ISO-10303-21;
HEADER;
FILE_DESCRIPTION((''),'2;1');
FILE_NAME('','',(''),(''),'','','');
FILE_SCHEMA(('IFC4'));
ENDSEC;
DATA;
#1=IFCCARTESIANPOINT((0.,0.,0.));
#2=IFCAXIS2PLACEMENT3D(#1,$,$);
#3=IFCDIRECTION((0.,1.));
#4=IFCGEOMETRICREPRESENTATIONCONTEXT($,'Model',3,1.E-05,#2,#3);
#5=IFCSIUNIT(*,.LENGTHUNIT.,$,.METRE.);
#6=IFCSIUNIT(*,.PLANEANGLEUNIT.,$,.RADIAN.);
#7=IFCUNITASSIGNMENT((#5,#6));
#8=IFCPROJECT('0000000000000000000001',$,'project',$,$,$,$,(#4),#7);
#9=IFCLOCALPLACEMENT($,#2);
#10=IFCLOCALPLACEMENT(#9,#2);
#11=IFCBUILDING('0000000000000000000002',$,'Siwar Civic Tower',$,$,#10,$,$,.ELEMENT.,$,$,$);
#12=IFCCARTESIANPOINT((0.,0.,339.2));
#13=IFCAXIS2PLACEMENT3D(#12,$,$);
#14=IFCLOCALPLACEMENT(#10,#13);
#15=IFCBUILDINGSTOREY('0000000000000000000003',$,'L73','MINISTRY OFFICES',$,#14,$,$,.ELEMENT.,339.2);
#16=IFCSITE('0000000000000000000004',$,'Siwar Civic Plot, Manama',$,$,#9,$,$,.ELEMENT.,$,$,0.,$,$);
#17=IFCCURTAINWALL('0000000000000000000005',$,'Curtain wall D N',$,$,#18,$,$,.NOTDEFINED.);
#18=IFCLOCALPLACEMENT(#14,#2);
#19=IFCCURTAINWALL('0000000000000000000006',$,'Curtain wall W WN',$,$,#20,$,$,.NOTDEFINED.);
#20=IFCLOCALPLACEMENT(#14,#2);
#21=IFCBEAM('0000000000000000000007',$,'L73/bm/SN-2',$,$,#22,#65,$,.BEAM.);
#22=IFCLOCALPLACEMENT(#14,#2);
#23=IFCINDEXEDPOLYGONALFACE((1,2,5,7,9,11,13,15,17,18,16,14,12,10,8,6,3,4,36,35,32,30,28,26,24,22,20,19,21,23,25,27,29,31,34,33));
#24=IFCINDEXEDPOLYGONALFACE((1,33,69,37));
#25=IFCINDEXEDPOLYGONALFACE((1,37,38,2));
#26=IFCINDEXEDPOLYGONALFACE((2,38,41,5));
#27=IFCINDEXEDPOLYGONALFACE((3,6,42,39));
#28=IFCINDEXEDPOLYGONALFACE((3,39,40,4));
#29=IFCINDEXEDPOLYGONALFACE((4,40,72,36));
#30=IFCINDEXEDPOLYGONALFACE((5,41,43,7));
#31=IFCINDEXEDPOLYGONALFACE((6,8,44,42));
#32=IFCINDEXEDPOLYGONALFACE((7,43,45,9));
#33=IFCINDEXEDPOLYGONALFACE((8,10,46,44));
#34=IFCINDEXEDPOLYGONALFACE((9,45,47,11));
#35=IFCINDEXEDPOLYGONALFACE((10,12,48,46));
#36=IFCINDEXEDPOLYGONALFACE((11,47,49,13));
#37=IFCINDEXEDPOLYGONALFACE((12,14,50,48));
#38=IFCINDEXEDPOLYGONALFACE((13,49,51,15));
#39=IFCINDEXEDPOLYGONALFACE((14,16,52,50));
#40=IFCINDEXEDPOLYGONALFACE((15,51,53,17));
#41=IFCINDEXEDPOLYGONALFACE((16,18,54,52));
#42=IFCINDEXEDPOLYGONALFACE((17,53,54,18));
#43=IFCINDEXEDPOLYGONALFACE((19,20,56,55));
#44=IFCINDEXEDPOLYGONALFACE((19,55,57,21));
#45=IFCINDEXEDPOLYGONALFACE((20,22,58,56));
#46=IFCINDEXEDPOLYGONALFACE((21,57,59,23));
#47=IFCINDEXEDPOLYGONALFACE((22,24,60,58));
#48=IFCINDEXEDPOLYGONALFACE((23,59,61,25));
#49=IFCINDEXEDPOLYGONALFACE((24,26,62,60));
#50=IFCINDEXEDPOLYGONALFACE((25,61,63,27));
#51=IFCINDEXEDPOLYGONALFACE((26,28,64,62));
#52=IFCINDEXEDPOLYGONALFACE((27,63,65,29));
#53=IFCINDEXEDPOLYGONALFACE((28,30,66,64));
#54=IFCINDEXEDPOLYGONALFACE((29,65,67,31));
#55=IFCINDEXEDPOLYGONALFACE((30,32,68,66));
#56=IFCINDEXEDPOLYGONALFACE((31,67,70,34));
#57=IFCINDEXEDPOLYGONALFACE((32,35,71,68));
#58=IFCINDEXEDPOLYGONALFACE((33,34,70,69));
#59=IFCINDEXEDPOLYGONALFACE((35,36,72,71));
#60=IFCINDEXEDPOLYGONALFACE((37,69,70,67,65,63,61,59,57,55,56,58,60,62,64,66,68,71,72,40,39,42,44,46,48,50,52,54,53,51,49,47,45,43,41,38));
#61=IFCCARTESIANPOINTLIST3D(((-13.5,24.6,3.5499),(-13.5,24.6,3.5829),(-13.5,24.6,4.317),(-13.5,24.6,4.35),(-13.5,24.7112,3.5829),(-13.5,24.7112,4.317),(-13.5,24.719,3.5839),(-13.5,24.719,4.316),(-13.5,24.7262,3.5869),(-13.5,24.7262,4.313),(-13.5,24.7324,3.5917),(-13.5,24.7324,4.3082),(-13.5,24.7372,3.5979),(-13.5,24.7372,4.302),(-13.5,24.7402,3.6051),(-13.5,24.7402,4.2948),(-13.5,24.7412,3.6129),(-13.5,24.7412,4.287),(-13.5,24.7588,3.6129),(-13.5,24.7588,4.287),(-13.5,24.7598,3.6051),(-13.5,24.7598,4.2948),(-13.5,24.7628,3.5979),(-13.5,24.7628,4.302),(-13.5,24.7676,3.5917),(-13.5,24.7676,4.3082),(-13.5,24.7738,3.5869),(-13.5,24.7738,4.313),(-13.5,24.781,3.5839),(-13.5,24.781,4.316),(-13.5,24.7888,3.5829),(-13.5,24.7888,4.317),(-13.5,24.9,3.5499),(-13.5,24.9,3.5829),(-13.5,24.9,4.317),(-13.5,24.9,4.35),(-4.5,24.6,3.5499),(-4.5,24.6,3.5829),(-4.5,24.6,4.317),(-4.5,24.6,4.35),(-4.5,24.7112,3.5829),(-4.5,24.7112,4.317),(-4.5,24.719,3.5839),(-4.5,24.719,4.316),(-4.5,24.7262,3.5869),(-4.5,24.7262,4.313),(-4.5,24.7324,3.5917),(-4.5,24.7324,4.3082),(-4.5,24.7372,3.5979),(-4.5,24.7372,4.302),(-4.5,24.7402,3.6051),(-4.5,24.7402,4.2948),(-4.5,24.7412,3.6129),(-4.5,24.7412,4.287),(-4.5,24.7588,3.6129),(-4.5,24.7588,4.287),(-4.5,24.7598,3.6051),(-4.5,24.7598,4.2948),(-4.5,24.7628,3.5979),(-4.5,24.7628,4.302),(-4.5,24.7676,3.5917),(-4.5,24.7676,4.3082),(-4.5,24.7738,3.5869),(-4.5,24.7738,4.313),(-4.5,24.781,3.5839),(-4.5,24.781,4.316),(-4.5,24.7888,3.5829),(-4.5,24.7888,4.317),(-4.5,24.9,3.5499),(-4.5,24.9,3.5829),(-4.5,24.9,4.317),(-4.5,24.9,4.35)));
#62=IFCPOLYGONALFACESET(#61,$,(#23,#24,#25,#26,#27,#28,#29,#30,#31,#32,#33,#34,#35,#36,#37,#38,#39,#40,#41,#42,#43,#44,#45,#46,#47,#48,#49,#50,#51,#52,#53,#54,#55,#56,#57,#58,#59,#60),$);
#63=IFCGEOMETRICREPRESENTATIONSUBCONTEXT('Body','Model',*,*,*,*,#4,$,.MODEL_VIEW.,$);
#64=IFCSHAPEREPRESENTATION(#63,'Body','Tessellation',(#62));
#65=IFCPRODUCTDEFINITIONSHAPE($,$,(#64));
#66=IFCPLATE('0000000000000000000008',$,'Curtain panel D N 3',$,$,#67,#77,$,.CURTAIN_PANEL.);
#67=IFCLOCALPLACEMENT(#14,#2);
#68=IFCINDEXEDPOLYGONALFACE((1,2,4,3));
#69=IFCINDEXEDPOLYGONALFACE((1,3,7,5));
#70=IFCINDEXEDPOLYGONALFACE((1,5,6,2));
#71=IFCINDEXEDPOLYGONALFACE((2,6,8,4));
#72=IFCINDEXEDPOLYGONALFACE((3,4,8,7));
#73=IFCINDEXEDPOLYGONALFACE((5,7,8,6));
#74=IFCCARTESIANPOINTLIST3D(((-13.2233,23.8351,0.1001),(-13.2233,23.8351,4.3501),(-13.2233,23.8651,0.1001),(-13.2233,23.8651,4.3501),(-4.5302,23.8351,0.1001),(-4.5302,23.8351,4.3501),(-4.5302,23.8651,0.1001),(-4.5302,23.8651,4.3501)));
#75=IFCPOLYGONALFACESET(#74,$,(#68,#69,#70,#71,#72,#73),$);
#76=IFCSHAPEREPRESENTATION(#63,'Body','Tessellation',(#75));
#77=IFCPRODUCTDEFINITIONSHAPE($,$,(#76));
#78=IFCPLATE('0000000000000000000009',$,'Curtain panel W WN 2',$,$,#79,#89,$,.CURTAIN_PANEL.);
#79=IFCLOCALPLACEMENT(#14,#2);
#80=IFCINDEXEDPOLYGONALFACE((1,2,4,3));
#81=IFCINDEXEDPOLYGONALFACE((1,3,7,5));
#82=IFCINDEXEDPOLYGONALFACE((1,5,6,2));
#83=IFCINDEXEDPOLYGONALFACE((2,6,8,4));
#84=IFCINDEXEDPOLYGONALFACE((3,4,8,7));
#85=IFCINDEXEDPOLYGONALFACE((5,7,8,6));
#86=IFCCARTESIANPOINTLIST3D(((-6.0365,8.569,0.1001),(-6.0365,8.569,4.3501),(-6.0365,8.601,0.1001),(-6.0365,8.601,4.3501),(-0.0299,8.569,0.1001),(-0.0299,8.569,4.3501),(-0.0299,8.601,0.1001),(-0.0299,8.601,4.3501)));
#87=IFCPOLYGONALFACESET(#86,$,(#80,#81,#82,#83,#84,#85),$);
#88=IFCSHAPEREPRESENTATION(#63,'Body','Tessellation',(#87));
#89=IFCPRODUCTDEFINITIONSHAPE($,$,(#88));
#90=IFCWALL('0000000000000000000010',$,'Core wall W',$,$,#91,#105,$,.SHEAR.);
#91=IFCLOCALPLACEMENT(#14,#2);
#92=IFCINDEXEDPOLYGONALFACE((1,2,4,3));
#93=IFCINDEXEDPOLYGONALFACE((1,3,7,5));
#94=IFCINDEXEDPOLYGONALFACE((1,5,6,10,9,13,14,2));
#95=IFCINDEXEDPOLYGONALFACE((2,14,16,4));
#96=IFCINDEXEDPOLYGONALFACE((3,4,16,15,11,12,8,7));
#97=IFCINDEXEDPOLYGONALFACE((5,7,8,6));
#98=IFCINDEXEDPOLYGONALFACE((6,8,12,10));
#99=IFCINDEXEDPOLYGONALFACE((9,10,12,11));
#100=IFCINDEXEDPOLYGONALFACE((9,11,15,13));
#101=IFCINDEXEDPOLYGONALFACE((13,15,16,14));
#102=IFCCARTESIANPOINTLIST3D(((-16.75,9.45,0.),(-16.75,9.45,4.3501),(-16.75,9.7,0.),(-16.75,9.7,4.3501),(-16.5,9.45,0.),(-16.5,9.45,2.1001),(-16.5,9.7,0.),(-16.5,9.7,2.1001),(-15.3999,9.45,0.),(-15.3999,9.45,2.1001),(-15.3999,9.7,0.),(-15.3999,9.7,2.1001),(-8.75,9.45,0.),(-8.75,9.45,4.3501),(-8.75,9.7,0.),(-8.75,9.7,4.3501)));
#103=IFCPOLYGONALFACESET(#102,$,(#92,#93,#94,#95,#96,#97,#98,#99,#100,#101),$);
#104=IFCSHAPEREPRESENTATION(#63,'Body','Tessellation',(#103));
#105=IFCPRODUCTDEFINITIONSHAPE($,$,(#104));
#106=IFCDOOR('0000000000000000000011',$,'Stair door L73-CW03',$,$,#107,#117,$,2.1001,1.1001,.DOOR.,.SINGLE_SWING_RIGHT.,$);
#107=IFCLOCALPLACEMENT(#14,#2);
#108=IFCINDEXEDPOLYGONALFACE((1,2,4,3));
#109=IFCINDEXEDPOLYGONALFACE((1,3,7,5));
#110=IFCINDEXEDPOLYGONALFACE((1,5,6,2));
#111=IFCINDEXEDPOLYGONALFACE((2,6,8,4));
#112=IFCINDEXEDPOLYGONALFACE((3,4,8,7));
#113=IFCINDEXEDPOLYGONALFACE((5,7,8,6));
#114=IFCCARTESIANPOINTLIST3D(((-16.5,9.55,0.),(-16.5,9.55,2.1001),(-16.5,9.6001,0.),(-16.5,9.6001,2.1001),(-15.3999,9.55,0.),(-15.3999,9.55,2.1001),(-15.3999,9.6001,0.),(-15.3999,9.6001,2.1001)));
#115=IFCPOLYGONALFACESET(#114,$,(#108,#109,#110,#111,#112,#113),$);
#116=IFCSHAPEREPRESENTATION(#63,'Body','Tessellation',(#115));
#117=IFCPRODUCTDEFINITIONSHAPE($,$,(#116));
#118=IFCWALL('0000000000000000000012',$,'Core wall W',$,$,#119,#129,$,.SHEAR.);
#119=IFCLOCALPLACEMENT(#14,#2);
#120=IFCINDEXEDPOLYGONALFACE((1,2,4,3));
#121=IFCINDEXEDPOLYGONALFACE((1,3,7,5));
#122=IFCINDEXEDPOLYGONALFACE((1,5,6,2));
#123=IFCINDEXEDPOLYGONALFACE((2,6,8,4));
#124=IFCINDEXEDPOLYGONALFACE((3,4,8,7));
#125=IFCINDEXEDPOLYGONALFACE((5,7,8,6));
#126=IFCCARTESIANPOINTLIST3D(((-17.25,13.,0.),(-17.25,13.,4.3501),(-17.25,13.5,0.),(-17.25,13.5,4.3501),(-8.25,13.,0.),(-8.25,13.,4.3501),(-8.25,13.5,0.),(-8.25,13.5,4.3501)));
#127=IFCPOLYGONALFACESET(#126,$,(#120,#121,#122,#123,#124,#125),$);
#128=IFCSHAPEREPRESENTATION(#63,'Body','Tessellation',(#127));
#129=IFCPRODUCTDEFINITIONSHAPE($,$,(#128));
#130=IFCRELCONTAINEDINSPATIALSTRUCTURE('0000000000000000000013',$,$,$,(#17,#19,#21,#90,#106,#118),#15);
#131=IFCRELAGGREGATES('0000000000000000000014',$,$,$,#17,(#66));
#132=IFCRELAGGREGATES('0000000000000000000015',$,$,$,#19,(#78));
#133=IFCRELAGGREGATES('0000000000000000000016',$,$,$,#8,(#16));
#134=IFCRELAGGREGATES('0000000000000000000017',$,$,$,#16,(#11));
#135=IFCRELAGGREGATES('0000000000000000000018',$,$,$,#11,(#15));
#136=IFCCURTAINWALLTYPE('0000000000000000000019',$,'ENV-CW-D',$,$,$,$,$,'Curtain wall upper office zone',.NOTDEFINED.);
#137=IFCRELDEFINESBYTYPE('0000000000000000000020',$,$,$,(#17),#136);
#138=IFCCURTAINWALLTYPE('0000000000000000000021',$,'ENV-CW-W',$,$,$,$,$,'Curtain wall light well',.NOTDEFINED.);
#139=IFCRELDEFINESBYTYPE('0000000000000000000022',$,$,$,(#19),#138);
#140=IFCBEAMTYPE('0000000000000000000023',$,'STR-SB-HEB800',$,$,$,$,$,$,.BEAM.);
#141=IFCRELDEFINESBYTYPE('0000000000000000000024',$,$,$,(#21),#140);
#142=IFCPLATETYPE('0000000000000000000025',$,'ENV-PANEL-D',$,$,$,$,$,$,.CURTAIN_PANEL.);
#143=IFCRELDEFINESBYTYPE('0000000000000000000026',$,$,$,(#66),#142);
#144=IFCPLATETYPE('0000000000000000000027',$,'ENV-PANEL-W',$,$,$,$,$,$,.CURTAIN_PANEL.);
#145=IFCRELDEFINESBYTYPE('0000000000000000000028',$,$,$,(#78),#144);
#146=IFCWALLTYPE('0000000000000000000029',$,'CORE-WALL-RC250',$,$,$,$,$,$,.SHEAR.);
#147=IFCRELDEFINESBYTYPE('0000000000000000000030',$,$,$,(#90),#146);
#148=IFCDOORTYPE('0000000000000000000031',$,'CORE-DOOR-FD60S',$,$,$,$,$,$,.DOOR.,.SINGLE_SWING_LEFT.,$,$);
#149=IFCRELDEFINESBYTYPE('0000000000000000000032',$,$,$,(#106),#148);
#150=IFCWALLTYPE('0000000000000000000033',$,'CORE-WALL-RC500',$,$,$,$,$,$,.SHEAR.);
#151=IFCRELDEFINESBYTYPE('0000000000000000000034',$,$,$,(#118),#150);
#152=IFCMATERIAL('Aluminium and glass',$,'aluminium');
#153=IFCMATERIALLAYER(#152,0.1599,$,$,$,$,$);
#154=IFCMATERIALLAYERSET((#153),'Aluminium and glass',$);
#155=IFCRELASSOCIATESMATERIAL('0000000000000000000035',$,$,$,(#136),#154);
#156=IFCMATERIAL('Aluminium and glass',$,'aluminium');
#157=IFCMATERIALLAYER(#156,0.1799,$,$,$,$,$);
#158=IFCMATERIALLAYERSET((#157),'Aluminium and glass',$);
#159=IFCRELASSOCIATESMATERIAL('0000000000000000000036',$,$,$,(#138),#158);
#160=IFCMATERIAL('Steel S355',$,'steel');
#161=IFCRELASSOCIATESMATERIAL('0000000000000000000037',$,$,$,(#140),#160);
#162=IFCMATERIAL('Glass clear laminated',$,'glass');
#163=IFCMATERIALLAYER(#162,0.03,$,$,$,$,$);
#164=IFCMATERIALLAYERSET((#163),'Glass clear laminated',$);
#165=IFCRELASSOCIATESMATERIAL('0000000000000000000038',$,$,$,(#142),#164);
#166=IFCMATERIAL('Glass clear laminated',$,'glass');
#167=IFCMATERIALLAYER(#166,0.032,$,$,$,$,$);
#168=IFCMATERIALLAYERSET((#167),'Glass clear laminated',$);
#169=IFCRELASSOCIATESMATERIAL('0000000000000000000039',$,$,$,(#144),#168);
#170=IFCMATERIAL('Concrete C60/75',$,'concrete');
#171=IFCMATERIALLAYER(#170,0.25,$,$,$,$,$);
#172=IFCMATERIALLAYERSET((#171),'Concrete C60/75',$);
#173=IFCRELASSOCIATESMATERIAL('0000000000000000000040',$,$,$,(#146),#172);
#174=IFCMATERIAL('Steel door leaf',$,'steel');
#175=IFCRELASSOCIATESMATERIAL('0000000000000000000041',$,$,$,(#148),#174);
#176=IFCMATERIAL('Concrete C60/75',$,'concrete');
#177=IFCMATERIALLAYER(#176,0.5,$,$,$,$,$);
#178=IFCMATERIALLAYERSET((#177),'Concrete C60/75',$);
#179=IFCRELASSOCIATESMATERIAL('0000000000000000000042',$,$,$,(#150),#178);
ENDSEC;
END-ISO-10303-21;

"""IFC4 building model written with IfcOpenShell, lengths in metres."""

from ifc_helpers import new_model, si_unit, direction, frame, frame_2d, origin, origin_2d, place, context, subcontext, project, spatial, rectangle, i_section, extrude, material, layer, layer_set, material_profile, profile_set, type_object, element, fill, aggregate, save


model = new_model("IFC4")

# Units and contexts
model_context = context("Model", 3, precision=1e-05, world=origin(), true_north=direction((0.0, 1.0)))
body_context = subcontext(model_context, "Body", "Model", "MODEL_VIEW")
ifc_project = project(units=[si_unit("LENGTHUNIT", "METRE"), si_unit("PLANEANGLEUNIT", "RADIAN")], contexts=[model_context])

# Site, building, storey
site_placement = place(None, origin())
site = spatial("IfcSite", under=ifc_project, at=site_placement, Name="Siwar Civic Plot, Manama", CompositionType="ELEMENT", RefElevation=0.0)
building_placement = place(site_placement, origin())
building = spatial("IfcBuilding", under=site, at=building_placement, Name="Siwar Civic Tower", CompositionType="ELEMENT")
storey_placement = place(building_placement, frame((0.0, 0.0, 339.2)))
storey = spatial("IfcBuildingStorey", under=building, at=storey_placement, Name="L73", Description="MINISTRY OFFICES", CompositionType="ELEMENT", Elevation=339.2)

# Curtain wall
ifc_material_1 = material(Name="Aluminium and glass", Category="aluminium")
ifc_layer_1 = layer(ifc_material_1, 0.1599)
ifc_layer_set_1 = layer_set([ifc_layer_1], Name="Aluminium and glass")
curtain_wall_type_1 = type_object("IfcCurtainWallType", Name="ENV-CW-D", ElementType="Curtain wall upper office zone", PredefinedType="NOTDEFINED", material=ifc_layer_set_1)
curtain_wall_1_placement = place(storey_placement, origin())
curtain_wall_1 = element("IfcCurtainWall", 1, at=curtain_wall_1_placement, inside=storey, type_object=curtain_wall_type_1, Name="Curtain wall D N", PredefinedType="NOTDEFINED")

# Curtain wall
ifc_material_2 = material(Name="Aluminium and glass", Category="aluminium")
ifc_layer_2 = layer(ifc_material_2, 0.1799)
ifc_layer_set_2 = layer_set([ifc_layer_2], Name="Aluminium and glass")
curtain_wall_type_2 = type_object("IfcCurtainWallType", Name="ENV-CW-W", ElementType="Curtain wall light well", PredefinedType="NOTDEFINED", material=ifc_layer_set_2)
curtain_wall_2_placement = place(storey_placement, origin())
curtain_wall_2 = element("IfcCurtainWall", 2, at=curtain_wall_2_placement, inside=storey, type_object=curtain_wall_type_2, Name="Curtain wall W WN", PredefinedType="NOTDEFINED")

# Beam
ifc_material_3 = material(Name="Steel S355", Category="steel")
ifc_material_profile_1 = material_profile(ifc_material_3, i_section(OverallWidth=0.3, OverallDepth=0.8, WebThickness=0.0176, FlangeThickness=0.033, FilletRadius=0.03, at=origin_2d()), Name="HEB800")
ifc_profile_set_1 = profile_set([ifc_material_profile_1], Name="Steel S355")
beam_type_1 = type_object("IfcBeamType", Name="STR-SB-HEB800", PredefinedType="BEAM", material=ifc_profile_set_1)
beam_1_placement = place(storey_placement, frame((-4.5, 24.75, 3.95), z_axis=(-1.0, 0.0, 0.0), x_axis=(0.0, -1.0, 0.0)))
element("IfcBeam", 3, at=beam_1_placement, inside=storey, type_object=beam_type_1, Name="L73/bm/SN-2", PredefinedType="BEAM", context=body_context, shape_type="SweptSolid", body=[
    extrude(i_section(OverallWidth=0.3, OverallDepth=0.8, WebThickness=0.0176, FlangeThickness=0.033, FilletRadius=0.03, at=origin_2d()), origin(), (0.0, 0.0, 1.0), 9.0),
])

# Plates
ifc_material_4 = material(Name="Glass clear laminated", Category="glass")
ifc_layer_3 = layer(ifc_material_4, 0.03)
ifc_layer_set_3 = layer_set([ifc_layer_3], Name="Glass clear laminated")
plate_type_1 = type_object("IfcPlateType", Name="ENV-PANEL-D", PredefinedType="CURTAIN_PANEL", material=ifc_layer_set_3)
plate_1_placement = place(storey_placement, frame((-8.8767, 23.8501, 0.1001), z_axis=(0.0, 0.0, 1.0), x_axis=(-1.0, 0.0, 0.0)))
plate_1 = element("IfcPlate", 4, at=plate_1_placement, type_object=plate_type_1, Name="Curtain panel D N 3", PredefinedType="CURTAIN_PANEL", context=body_context, shape_type="SweptSolid", body=[
    extrude(rectangle(XDim=8.6931, YDim=0.03, at=origin_2d()), origin(), (0.0, 0.0, 1.0), 4.25),
])
aggregate(curtain_wall_1, [plate_1])
ifc_material_5 = material(Name="Glass clear laminated", Category="glass")
ifc_layer_4 = layer(ifc_material_5, 0.032)
ifc_layer_set_4 = layer_set([ifc_layer_4], Name="Glass clear laminated")
plate_type_2 = type_object("IfcPlateType", Name="ENV-PANEL-W", PredefinedType="CURTAIN_PANEL", material=ifc_layer_set_4)
plate_2_placement = place(storey_placement, frame((-3.0332, 8.585, 0.1001), z_axis=(0.0, 0.0, 1.0), x_axis=(-1.0, 0.0, 0.0)))
plate_2 = element("IfcPlate", 5, at=plate_2_placement, type_object=plate_type_2, Name="Curtain panel W WN 2", PredefinedType="CURTAIN_PANEL", context=body_context, shape_type="SweptSolid", body=[
    extrude(rectangle(XDim=6.0066, YDim=0.032, at=origin_2d()), origin(), (0.0, 0.0, 1.0), 4.25),
])
aggregate(curtain_wall_2, [plate_2])

# Wall, opening, door
ifc_material_6 = material(Name="Concrete C60/75", Category="concrete")
ifc_layer_5 = layer(ifc_material_6, 0.25)
ifc_layer_set_5 = layer_set([ifc_layer_5], Name="Concrete C60/75")
wall_type_1 = type_object("IfcWallType", Name="CORE-WALL-RC250", PredefinedType="SHEAR", material=ifc_layer_set_5)
wall_1_placement = place(storey_placement, frame((-8.75, 9.575, 0.0), z_axis=(0.0, 0.0, 1.0), x_axis=(-1.0, 0.0, 0.0)))
wall_1 = element("IfcWall", 6, at=wall_1_placement, inside=storey, type_object=wall_type_1, Name="Core wall W", PredefinedType="SHEAR", context=body_context, shape_type="SweptSolid", body=[
    extrude(rectangle(XDim=8.0, YDim=0.25, at=frame_2d((4.0, 0.0))), origin(), (0.0, 0.0, 1.0), 4.3501),
])
opening_1_placement = place(wall_1_placement, frame((6.6499, 0.0, 0.0)))
opening_1 = element("IfcOpeningElement", 7, at=opening_1_placement, cuts=wall_1, PredefinedType="OPENING", context=body_context, shape_type="SweptSolid", body=[
    extrude(rectangle(XDim=1.1001, YDim=2.1001, at=frame_2d((0.55, 1.05))), frame((0.0, 0.135, 0.0), z_axis=(0.0, -1.0, 0.0), x_axis=(1.0, 0.0, 0.0)), (0.0, 0.0, 1.0), 0.27),
])
ifc_material_7 = material(Name="Steel door leaf", Category="steel")
door_type_1 = type_object("IfcDoorType", Name="CORE-DOOR-FD60S", OperationType="SINGLE_SWING_LEFT", PredefinedType="DOOR", material=ifc_material_7)
door_1_placement = place(opening_1_placement, origin())
door_1 = element("IfcDoor", 8, at=door_1_placement, inside=storey, type_object=door_type_1, Name="Stair door L73-CW03", OperationType="SINGLE_SWING_RIGHT", OverallHeight=2.1001, OverallWidth=1.1001, PredefinedType="DOOR", context=body_context, shape_type="SweptSolid", body=[
    extrude(rectangle(XDim=1.1001, YDim=2.1001, at=frame_2d((0.55, 1.05))), frame((0.0, 0.0249, 0.0), z_axis=(0.0, -1.0, 0.0), x_axis=(1.0, 0.0, 0.0)), (0.0, 0.0, 1.0), 0.05),
])
fill(opening_1, door_1)

# Wall
ifc_material_8 = material(Name="Concrete C60/75", Category="concrete")
ifc_layer_6 = layer(ifc_material_8, 0.5)
ifc_layer_set_6 = layer_set([ifc_layer_6], Name="Concrete C60/75")
wall_type_2 = type_object("IfcWallType", Name="CORE-WALL-RC500", PredefinedType="SHEAR", material=ifc_layer_set_6)
wall_2_placement = place(storey_placement, frame((-8.25, 13.25, 0.0), z_axis=(0.0, 0.0, 1.0), x_axis=(-1.0, 0.0, 0.0)))
element("IfcWall", 9, at=wall_2_placement, inside=storey, type_object=wall_type_2, Name="Core wall W", PredefinedType="SHEAR", context=body_context, shape_type="SweptSolid", body=[
    extrude(rectangle(XDim=9.0, YDim=0.5, at=frame_2d((4.5, 0.0))), origin(), (0.0, 0.0, 1.0), 4.3501),
])

save(model, "model.ifc")
